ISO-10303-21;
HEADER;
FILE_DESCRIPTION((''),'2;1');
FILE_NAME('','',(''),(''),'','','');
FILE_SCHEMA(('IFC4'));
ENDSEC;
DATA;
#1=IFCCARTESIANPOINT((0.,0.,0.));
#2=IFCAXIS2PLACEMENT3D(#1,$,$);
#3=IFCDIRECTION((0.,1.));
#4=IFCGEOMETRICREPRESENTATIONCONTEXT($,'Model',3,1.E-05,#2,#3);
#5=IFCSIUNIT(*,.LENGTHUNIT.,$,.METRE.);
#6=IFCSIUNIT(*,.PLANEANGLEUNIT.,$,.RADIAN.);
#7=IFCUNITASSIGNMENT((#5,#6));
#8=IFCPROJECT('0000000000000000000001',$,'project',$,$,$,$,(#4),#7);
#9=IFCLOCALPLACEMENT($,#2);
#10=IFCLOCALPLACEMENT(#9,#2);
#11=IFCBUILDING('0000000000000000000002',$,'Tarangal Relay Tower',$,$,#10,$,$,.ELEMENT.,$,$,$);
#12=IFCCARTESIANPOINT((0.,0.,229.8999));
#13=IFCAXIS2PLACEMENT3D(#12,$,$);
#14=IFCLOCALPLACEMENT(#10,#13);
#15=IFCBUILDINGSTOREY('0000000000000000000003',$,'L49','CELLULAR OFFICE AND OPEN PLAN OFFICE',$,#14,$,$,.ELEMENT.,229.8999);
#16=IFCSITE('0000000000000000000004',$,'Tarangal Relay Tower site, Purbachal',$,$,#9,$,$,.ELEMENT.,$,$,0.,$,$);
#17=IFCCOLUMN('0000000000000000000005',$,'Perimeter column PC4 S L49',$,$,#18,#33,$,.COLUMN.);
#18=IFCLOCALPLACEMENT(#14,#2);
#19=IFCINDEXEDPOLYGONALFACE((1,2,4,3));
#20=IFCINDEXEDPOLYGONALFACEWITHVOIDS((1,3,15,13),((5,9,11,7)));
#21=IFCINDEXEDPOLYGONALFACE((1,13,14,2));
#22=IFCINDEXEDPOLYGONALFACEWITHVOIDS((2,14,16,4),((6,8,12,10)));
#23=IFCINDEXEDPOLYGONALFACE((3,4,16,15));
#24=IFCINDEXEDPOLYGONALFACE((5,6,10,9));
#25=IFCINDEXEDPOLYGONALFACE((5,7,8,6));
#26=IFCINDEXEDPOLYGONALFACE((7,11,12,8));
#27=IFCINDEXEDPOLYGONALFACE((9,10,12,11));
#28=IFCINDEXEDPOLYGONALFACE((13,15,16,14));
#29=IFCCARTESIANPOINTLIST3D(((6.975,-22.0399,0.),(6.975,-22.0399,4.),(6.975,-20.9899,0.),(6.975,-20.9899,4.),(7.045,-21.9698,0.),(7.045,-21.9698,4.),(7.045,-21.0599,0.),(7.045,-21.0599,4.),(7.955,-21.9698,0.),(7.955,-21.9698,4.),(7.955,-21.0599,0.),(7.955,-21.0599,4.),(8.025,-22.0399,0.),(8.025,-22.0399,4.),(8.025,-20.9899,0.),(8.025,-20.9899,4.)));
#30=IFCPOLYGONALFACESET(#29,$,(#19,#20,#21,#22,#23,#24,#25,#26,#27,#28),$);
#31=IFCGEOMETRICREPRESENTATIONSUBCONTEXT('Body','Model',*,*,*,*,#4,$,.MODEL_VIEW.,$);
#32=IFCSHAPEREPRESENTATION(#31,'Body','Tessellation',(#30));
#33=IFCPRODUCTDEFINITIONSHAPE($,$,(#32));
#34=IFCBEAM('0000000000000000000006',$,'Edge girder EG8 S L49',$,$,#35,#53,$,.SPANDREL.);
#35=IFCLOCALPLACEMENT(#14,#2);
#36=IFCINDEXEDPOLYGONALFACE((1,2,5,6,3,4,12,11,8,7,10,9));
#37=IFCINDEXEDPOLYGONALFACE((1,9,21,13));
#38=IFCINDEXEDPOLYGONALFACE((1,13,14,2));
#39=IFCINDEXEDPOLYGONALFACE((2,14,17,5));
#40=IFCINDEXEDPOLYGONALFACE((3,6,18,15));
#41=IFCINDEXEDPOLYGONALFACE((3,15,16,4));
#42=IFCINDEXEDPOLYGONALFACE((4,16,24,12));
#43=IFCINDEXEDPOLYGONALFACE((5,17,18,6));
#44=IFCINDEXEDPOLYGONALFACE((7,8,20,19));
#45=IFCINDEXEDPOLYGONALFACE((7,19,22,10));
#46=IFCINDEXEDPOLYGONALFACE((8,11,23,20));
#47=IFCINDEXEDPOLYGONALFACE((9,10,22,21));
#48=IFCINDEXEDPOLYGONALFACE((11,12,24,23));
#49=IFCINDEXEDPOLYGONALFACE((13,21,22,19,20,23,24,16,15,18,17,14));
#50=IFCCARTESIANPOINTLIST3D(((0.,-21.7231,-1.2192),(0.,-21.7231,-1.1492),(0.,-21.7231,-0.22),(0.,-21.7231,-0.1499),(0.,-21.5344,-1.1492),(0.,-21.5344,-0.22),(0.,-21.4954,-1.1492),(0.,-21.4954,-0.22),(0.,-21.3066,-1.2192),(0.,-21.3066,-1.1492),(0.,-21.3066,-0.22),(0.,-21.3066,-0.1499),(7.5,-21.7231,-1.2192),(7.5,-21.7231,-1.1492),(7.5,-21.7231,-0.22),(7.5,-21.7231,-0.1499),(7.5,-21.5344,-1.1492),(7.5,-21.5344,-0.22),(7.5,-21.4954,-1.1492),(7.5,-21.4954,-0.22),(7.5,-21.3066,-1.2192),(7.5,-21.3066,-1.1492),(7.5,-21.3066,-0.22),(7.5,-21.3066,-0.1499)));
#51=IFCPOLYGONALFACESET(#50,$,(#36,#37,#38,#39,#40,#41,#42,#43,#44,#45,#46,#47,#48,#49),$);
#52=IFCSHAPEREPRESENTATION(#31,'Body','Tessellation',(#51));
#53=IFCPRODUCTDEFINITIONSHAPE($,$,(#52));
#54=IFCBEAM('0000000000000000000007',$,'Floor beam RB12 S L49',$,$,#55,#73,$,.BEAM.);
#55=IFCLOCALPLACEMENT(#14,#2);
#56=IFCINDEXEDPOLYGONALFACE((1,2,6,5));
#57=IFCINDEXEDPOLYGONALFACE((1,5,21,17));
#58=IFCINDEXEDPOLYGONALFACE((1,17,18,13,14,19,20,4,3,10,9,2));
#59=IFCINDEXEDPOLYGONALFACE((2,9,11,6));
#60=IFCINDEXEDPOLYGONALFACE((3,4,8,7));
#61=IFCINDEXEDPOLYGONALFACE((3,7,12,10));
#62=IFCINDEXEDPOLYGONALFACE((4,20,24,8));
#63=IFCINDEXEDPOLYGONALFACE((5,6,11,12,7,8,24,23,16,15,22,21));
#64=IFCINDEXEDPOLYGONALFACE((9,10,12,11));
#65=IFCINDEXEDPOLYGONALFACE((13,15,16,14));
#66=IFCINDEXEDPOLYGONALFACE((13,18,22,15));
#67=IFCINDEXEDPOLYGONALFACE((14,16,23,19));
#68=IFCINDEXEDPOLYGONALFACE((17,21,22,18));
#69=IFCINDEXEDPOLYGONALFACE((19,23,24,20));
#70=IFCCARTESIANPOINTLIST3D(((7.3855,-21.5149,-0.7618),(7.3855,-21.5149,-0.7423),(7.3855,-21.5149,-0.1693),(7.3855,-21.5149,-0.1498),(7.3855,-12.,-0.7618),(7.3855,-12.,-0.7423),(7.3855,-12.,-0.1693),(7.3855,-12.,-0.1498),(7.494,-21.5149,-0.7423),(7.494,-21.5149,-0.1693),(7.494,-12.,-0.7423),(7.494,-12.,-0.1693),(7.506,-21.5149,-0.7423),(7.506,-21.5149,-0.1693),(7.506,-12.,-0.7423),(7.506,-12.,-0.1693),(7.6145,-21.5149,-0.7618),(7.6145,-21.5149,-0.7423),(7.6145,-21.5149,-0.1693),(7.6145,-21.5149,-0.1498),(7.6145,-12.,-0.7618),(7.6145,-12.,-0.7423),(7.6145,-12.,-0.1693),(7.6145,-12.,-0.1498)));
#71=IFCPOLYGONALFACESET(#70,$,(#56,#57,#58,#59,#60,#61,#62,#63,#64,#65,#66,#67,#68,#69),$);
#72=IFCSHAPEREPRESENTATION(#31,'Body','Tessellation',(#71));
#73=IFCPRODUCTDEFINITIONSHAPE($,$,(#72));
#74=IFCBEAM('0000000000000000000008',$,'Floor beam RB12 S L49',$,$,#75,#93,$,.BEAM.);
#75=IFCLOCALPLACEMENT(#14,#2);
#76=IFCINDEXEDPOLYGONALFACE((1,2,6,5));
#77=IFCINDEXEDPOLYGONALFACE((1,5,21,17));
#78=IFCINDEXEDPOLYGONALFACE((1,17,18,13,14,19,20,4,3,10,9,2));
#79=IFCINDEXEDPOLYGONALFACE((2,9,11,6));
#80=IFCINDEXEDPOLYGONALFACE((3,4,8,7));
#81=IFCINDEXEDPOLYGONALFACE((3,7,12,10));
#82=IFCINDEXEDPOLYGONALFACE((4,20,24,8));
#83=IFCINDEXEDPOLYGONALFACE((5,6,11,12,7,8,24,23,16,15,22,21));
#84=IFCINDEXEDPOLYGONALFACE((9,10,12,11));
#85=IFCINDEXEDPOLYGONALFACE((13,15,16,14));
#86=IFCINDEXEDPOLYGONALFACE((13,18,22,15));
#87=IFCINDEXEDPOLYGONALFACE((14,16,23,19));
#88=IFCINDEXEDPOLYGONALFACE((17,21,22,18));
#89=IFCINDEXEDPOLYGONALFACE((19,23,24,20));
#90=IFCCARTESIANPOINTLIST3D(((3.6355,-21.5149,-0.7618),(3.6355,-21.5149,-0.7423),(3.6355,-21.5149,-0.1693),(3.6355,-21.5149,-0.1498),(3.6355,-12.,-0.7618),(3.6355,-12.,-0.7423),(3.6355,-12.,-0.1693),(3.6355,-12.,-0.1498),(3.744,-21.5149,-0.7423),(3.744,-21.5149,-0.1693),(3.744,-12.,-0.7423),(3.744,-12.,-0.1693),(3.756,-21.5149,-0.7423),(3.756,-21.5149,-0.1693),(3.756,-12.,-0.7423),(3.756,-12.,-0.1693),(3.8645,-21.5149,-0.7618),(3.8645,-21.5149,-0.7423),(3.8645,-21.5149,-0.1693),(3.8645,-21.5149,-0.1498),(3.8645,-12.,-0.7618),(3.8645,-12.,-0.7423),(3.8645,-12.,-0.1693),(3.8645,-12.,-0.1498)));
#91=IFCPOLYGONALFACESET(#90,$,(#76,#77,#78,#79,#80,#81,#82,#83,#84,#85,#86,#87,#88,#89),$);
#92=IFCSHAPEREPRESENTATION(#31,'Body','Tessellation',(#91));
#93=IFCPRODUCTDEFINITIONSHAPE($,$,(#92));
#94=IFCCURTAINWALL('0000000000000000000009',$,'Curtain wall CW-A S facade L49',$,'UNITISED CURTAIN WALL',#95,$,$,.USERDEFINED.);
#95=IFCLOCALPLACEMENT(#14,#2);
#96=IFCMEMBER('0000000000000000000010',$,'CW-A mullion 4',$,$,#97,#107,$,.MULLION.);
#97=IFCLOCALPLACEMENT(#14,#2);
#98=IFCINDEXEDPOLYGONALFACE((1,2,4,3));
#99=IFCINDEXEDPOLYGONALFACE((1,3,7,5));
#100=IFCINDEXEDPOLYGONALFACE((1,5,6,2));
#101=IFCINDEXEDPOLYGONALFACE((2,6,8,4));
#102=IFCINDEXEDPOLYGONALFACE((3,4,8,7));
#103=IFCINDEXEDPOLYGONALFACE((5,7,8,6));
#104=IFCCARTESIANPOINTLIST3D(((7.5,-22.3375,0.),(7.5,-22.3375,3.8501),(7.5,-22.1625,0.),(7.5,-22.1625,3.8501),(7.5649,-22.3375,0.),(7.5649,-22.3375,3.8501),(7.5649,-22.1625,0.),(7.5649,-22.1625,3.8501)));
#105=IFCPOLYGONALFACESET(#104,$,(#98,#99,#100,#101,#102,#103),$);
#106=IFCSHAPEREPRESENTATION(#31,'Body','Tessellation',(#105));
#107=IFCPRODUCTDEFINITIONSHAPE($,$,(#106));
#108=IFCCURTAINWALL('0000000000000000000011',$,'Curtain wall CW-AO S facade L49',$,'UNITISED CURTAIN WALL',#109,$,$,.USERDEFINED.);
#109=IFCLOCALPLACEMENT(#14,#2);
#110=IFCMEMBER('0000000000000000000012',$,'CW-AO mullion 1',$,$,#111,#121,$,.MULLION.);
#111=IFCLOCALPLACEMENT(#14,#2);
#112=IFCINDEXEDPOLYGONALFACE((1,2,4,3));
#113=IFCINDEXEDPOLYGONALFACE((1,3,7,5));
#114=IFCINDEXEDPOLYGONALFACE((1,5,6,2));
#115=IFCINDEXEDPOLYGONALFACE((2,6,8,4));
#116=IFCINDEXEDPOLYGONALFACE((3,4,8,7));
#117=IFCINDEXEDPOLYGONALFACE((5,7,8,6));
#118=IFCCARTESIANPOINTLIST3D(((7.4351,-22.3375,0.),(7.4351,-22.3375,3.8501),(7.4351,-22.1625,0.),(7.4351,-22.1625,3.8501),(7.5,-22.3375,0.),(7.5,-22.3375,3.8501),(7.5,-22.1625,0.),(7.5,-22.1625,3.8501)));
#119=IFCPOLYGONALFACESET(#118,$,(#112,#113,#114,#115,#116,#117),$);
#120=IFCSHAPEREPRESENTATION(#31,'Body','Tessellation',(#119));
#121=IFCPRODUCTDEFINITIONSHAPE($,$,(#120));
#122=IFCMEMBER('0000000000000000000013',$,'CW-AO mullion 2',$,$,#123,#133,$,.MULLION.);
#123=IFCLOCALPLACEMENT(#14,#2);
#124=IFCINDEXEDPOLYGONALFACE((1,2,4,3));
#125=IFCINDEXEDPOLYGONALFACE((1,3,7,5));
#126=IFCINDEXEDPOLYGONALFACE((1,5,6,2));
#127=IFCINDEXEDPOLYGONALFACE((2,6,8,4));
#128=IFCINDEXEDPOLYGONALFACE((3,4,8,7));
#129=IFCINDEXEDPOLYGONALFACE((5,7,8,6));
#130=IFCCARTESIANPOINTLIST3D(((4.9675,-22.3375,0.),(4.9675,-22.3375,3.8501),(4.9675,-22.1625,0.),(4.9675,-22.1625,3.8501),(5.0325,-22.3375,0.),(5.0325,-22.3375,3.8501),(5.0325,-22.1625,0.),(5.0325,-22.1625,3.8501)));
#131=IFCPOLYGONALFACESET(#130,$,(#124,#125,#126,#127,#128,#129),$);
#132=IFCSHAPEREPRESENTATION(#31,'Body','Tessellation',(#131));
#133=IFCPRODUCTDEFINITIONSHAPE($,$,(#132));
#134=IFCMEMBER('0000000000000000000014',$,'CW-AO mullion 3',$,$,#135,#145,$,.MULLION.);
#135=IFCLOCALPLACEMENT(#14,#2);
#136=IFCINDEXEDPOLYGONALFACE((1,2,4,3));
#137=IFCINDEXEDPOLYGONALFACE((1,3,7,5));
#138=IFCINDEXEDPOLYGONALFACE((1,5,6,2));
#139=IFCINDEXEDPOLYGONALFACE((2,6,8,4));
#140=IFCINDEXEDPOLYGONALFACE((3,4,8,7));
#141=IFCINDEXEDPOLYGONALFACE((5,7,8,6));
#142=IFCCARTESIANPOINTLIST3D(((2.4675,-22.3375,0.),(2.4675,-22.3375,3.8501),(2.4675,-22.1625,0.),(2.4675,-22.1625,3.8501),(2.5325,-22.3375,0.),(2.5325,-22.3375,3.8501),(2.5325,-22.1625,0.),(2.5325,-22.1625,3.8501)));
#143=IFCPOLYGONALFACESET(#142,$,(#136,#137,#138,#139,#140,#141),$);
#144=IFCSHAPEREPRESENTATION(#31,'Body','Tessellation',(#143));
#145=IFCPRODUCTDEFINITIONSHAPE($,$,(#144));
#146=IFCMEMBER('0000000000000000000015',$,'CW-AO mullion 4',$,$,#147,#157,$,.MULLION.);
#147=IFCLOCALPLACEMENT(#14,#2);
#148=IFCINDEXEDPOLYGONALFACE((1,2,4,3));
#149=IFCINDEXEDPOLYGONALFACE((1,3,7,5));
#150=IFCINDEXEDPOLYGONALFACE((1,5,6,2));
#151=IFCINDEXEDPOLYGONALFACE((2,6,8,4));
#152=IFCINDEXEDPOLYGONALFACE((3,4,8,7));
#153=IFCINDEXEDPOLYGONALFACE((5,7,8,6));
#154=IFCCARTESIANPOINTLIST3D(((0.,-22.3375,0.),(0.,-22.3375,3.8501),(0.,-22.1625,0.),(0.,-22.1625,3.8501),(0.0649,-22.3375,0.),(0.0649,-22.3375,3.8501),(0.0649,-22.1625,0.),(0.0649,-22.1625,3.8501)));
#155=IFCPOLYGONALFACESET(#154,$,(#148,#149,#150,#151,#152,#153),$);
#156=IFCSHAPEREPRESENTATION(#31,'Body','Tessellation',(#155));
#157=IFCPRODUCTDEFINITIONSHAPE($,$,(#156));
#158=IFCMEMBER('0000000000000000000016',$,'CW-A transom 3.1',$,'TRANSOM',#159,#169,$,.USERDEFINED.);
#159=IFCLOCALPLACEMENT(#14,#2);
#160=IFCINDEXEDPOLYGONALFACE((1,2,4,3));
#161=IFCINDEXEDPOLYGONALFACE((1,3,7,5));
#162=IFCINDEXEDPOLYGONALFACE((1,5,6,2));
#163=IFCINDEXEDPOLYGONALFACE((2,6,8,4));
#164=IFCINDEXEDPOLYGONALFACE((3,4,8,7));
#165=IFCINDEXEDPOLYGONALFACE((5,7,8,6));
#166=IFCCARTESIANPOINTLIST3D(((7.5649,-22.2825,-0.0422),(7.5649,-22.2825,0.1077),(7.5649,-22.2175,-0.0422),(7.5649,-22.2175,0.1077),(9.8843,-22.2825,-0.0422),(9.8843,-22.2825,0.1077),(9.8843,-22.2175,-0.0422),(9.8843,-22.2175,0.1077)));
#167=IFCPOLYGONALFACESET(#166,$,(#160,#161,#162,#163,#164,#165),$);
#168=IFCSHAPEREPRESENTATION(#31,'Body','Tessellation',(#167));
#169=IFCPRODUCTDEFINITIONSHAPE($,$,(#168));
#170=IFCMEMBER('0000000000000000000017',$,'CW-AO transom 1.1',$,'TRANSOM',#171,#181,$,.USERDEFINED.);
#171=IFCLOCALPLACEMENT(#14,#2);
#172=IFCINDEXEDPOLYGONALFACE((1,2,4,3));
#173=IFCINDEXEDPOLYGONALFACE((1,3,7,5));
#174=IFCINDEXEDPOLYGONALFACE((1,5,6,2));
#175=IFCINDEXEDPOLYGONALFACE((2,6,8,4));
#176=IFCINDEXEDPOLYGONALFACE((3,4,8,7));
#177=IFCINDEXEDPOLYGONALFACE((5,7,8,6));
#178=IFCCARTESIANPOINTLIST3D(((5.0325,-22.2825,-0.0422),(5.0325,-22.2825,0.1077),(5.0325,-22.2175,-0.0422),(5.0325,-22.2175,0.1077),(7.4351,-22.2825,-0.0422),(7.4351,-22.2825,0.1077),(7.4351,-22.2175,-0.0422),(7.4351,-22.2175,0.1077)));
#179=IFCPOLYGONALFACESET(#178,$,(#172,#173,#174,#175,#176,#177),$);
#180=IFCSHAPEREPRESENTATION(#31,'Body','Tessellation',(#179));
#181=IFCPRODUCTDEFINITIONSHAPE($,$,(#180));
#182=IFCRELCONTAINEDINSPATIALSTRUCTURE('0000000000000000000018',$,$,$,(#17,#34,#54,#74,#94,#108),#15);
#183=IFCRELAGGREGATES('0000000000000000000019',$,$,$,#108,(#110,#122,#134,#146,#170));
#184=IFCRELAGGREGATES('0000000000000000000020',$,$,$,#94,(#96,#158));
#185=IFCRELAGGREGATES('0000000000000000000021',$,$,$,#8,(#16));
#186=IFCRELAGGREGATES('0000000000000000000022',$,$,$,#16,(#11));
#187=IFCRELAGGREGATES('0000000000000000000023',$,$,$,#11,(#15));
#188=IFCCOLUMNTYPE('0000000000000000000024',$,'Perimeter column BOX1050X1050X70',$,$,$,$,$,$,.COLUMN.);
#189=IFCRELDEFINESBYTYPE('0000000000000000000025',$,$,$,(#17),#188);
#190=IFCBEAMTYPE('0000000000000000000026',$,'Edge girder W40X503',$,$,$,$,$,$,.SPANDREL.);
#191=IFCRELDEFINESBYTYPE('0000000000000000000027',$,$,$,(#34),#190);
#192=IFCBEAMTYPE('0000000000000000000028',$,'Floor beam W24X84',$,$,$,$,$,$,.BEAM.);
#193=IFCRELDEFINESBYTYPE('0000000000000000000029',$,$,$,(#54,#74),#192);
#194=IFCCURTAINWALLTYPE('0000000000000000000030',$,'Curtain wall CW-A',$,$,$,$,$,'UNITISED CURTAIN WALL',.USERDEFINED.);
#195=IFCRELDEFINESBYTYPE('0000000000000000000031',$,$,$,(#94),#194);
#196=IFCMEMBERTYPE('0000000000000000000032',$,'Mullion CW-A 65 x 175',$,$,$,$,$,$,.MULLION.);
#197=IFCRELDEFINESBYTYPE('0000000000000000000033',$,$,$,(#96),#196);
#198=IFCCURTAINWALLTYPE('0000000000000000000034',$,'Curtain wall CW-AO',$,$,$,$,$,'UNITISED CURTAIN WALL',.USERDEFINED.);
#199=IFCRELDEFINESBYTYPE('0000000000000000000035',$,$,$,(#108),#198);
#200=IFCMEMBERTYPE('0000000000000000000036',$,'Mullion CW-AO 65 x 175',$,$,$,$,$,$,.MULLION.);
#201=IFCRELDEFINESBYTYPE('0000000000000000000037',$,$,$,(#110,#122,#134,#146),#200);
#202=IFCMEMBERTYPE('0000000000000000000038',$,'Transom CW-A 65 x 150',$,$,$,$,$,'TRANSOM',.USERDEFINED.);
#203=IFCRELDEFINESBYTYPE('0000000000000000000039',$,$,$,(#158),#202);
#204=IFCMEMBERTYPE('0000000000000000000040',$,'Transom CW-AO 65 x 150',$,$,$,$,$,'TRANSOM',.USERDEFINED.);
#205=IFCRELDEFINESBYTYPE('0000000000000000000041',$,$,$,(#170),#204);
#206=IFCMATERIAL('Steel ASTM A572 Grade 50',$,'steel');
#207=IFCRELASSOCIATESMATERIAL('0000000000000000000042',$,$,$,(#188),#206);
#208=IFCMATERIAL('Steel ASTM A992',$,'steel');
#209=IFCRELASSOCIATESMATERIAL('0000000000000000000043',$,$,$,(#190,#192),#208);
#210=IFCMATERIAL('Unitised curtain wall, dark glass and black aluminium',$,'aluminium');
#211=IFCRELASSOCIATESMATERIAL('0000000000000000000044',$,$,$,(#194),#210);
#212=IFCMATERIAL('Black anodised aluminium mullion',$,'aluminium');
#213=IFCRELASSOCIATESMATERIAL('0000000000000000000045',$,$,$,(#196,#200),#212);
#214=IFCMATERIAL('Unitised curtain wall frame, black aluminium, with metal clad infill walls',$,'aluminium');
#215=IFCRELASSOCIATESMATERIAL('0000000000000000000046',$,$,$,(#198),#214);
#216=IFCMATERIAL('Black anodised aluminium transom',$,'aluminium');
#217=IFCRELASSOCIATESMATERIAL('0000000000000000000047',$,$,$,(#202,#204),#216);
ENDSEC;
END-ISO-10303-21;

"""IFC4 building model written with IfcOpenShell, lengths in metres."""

from ifc_helpers import new_model, si_unit, direction, frame, origin, origin_2d, place, context, subcontext, project, spatial, rectangle, hollow_rectangle, i_section, extrude, material, material_profile, profile_set, type_object, element, aggregate, save


model = new_model("IFC4")

# Units and contexts
model_context = context("Model", 3, precision=1e-05, world=origin(), true_north=direction((0.0, 1.0)))
body_context = subcontext(model_context, "Body", "Model", "MODEL_VIEW")
ifc_project = project(units=[si_unit("LENGTHUNIT", "METRE"), si_unit("PLANEANGLEUNIT", "RADIAN")], contexts=[model_context])

# Site, building, storey
site_placement = place(None, origin())
site = spatial("IfcSite", under=ifc_project, at=site_placement, Name="Tarangal Relay Tower site, Purbachal", CompositionType="ELEMENT", RefElevation=0.0)
building_placement = place(site_placement, origin())
building = spatial("IfcBuilding", under=site, at=building_placement, Name="Tarangal Relay Tower", CompositionType="ELEMENT")
storey_placement = place(building_placement, frame((0.0, 0.0, 229.8999)))
storey = spatial("IfcBuildingStorey", under=building, at=storey_placement, Name="L49", Description="CELLULAR OFFICE AND OPEN PLAN OFFICE", CompositionType="ELEMENT", Elevation=229.8999)

# Column
ifc_material_1 = material(Name="Steel ASTM A572 Grade 50", Category="steel")
ifc_material_profile_1 = material_profile(ifc_material_1, hollow_rectangle(XDim=1.05, YDim=1.05, WallThickness=0.0701, at=origin_2d()), Name="BOX1050X1050X70")
ifc_profile_set_1 = profile_set([ifc_material_profile_1], Name="Steel ASTM A572 Grade 50")
column_type = type_object("IfcColumnType", Name="Perimeter column BOX1050X1050X70", PredefinedType="COLUMN", material=ifc_profile_set_1)
column_placement = place(storey_placement, frame((7.5, -21.5149, 0.0), z_axis=(0.0, 0.0, 1.0), x_axis=(1.0, 0.0, 0.0)))
element("IfcColumn", 1, at=column_placement, inside=storey, type_object=column_type, Name="Perimeter column PC4 S L49", PredefinedType="COLUMN", context=body_context, shape_type="SweptSolid", body=[
    extrude(hollow_rectangle(XDim=1.05, YDim=1.05, WallThickness=0.0701, at=origin_2d()), origin(), (0.0, 0.0, 1.0), 4.0),
])

# Beams
ifc_material_2 = material(Name="Steel ASTM A992", Category="steel")
ifc_material_profile_2 = material_profile(ifc_material_2, i_section(OverallWidth=0.4165, OverallDepth=1.0693, WebThickness=0.0391, FlangeThickness=0.0701, at=origin_2d()), Name="W40X503")
ifc_profile_set_2 = profile_set([ifc_material_profile_2], Name="Steel ASTM A992")
beam_type_1 = type_object("IfcBeamType", Name="Edge girder W40X503", PredefinedType="SPANDREL", material=ifc_profile_set_2)
beam_placement = place(storey_placement, frame((7.5, -21.5149, -0.6846), z_axis=(-1.0, 0.0, 0.0), x_axis=(0.0, -1.0, 0.0)))
element("IfcBeam", 2, at=beam_placement, inside=storey, type_object=beam_type_1, Name="Edge girder EG8 S L49", PredefinedType="SPANDREL", context=body_context, shape_type="SweptSolid", body=[
    extrude(i_section(OverallWidth=0.4165, OverallDepth=1.0693, WebThickness=0.0391, FlangeThickness=0.0701, at=origin_2d()), origin(), (0.0, 0.0, 1.0), 7.5),
])
ifc_material_profile_3 = material_profile(ifc_material_2, i_section(OverallWidth=0.229, OverallDepth=0.6121, WebThickness=0.012, FlangeThickness=0.0195, at=origin_2d()), Name="W24X84")
ifc_profile_set_3 = profile_set([ifc_material_profile_3], Name="Steel ASTM A992")
beam_type_2 = type_object("IfcBeamType", Name="Floor beam W24X84", PredefinedType="BEAM", material=ifc_profile_set_3)
for number, where, z_axis, x_axis, name in (
    (3, (7.5, -12.0, -0.4558), (0.0, -1.0, 0.0), (1.0, 0.0, 0.0), "Floor beam RB12 S L49"),
    (4, (3.75, -12.0, -0.4558), (0.0, -1.0, 0.0), (1.0, 0.0, 0.0), "Floor beam RB12 S L49"),
):
    element("IfcBeam", number, at=place(storey_placement, frame(where, z_axis=z_axis, x_axis=x_axis)), inside=storey, type_object=beam_type_2, Name=name, PredefinedType="BEAM", context=body_context, shape_type="SweptSolid", body=[
        extrude(i_section(OverallWidth=0.229, OverallDepth=0.6121, WebThickness=0.012, FlangeThickness=0.0195, at=origin_2d()), origin(), (0.0, 0.0, 1.0), 9.5149),
    ])

# Curtain wall, member
ifc_material_3 = material(Name="Unitised curtain wall, dark glass and black aluminium", Category="aluminium")
curtain_wall_type_1 = type_object("IfcCurtainWallType", Name="Curtain wall CW-A", ElementType="UNITISED CURTAIN WALL", PredefinedType="USERDEFINED", material=ifc_material_3)
curtain_wall_1_placement = place(storey_placement, origin())
curtain_wall_1 = element("IfcCurtainWall", 5, at=curtain_wall_1_placement, inside=storey, type_object=curtain_wall_type_1, Name="Curtain wall CW-A S facade L49", ObjectType="UNITISED CURTAIN WALL", PredefinedType="USERDEFINED")
ifc_material_4 = material(Name="Black anodised aluminium mullion", Category="aluminium")
ifc_material_profile_4 = material_profile(ifc_material_4, rectangle(XDim=0.175, YDim=0.0649, at=origin_2d()), Name="CW-AM 65X175")
ifc_profile_set_4 = profile_set([ifc_material_profile_4], Name="Black anodised aluminium mullion")
member_type_1 = type_object("IfcMemberType", Name="Mullion CW-A 65 x 175", PredefinedType="MULLION", material=ifc_profile_set_4)
member_1_placement = place(storey_placement, frame((7.5325, -22.25, 0.0), z_axis=(0.0, 0.0, 1.0), x_axis=(0.0, -1.0, 0.0)))
member_1 = element("IfcMember", 6, at=member_1_placement, type_object=member_type_1, Name="CW-A mullion 4", PredefinedType="MULLION", context=body_context, shape_type="SweptSolid", body=[
    extrude(rectangle(XDim=0.175, YDim=0.0649, at=origin_2d()), origin(), (0.0, 0.0, 1.0), 3.8501),
])

# Curtain wall, members
ifc_material_5 = material(Name="Unitised curtain wall frame, black aluminium, with metal clad infill walls", Category="aluminium")
curtain_wall_type_2 = type_object("IfcCurtainWallType", Name="Curtain wall CW-AO", ElementType="UNITISED CURTAIN WALL", PredefinedType="USERDEFINED", material=ifc_material_5)
curtain_wall_2_placement = place(storey_placement, origin())
curtain_wall_2 = element("IfcCurtainWall", 7, at=curtain_wall_2_placement, inside=storey, type_object=curtain_wall_type_2, Name="Curtain wall CW-AO S facade L49", ObjectType="UNITISED CURTAIN WALL", PredefinedType="USERDEFINED")
ifc_material_profile_5 = material_profile(ifc_material_4, rectangle(XDim=0.175, YDim=0.0649, at=origin_2d()), Name="CW-AOM 65X175")
ifc_profile_set_5 = profile_set([ifc_material_profile_5], Name="Black anodised aluminium mullion")
member_type_2 = type_object("IfcMemberType", Name="Mullion CW-AO 65 x 175", PredefinedType="MULLION", material=ifc_profile_set_5)
member_2_placement = place(storey_placement, frame((7.4675, -22.25, 0.0), z_axis=(0.0, 0.0, 1.0), x_axis=(0.0, -1.0, 0.0)))
member_2 = element("IfcMember", 8, at=member_2_placement, type_object=member_type_2, Name="CW-AO mullion 1", PredefinedType="MULLION", context=body_context, shape_type="SweptSolid", body=[
    extrude(rectangle(XDim=0.175, YDim=0.0649, at=origin_2d()), origin(), (0.0, 0.0, 1.0), 3.8501),
])
member_3_placement = place(storey_placement, frame((5.0, -22.25, 0.0), z_axis=(0.0, 0.0, 1.0), x_axis=(0.0, -1.0, 0.0)))
member_3 = element("IfcMember", 9, at=member_3_placement, type_object=member_type_2, Name="CW-AO mullion 2", PredefinedType="MULLION", context=body_context, shape_type="SweptSolid", body=[
    extrude(rectangle(XDim=0.175, YDim=0.0649, at=origin_2d()), origin(), (0.0, 0.0, 1.0), 3.8501),
])
member_4_placement = place(storey_placement, frame((2.5, -22.25, 0.0), z_axis=(0.0, 0.0, 1.0), x_axis=(0.0, -1.0, 0.0)))
member_4 = element("IfcMember", 10, at=member_4_placement, type_object=member_type_2, Name="CW-AO mullion 3", PredefinedType="MULLION", context=body_context, shape_type="SweptSolid", body=[
    extrude(rectangle(XDim=0.175, YDim=0.0649, at=origin_2d()), origin(), (0.0, 0.0, 1.0), 3.8501),
])
member_5_placement = place(storey_placement, frame((0.0325, -22.25, 0.0), z_axis=(0.0, 0.0, 1.0), x_axis=(0.0, -1.0, 0.0)))
member_5 = element("IfcMember", 11, at=member_5_placement, type_object=member_type_2, Name="CW-AO mullion 4", PredefinedType="MULLION", context=body_context, shape_type="SweptSolid", body=[
    extrude(rectangle(XDim=0.175, YDim=0.0649, at=origin_2d()), origin(), (0.0, 0.0, 1.0), 3.8501),
])

# Members
ifc_material_6 = material(Name="Black anodised aluminium transom", Category="aluminium")
ifc_material_profile_6 = material_profile(ifc_material_6, rectangle(XDim=0.0649, YDim=0.1499, at=origin_2d()), Name="CW-AT 65X150")
ifc_profile_set_6 = profile_set([ifc_material_profile_6], Name="Black anodised aluminium transom")
member_type_3 = type_object("IfcMemberType", Name="Transom CW-A 65 x 150", ElementType="TRANSOM", PredefinedType="USERDEFINED", material=ifc_profile_set_6)
member_6_placement = place(storey_placement, frame((9.8843, -22.25, 0.0327), z_axis=(-1.0, 0.0, 0.0), x_axis=(0.0, -1.0, 0.0)))
member_6 = element("IfcMember", 12, at=member_6_placement, type_object=member_type_3, Name="CW-A transom 3.1", ObjectType="TRANSOM", PredefinedType="USERDEFINED", context=body_context, shape_type="SweptSolid", body=[
    extrude(rectangle(XDim=0.0649, YDim=0.1499, at=origin_2d()), origin(), (0.0, 0.0, 1.0), 2.3193),
])
ifc_material_profile_7 = material_profile(ifc_material_6, rectangle(XDim=0.0649, YDim=0.1499, at=origin_2d()), Name="CW-AOT 65X150")
ifc_profile_set_7 = profile_set([ifc_material_profile_7], Name="Black anodised aluminium transom")
member_type_4 = type_object("IfcMemberType", Name="Transom CW-AO 65 x 150", ElementType="TRANSOM", PredefinedType="USERDEFINED", material=ifc_profile_set_7)
member_7_placement = place(storey_placement, frame((7.4351, -22.25, 0.0327), z_axis=(-1.0, 0.0, 0.0), x_axis=(0.0, -1.0, 0.0)))
member_7 = element("IfcMember", 13, at=member_7_placement, type_object=member_type_4, Name="CW-AO transom 1.1", ObjectType="TRANSOM", PredefinedType="USERDEFINED", context=body_context, shape_type="SweptSolid", body=[
    extrude(rectangle(XDim=0.0649, YDim=0.1499, at=origin_2d()), origin(), (0.0, 0.0, 1.0), 2.4026),
])
aggregate(curtain_wall_2, [member_2, member_3, member_4, member_5, member_7])

aggregate(curtain_wall_1, [member_1, member_6])

save(model, "model.ifc")
